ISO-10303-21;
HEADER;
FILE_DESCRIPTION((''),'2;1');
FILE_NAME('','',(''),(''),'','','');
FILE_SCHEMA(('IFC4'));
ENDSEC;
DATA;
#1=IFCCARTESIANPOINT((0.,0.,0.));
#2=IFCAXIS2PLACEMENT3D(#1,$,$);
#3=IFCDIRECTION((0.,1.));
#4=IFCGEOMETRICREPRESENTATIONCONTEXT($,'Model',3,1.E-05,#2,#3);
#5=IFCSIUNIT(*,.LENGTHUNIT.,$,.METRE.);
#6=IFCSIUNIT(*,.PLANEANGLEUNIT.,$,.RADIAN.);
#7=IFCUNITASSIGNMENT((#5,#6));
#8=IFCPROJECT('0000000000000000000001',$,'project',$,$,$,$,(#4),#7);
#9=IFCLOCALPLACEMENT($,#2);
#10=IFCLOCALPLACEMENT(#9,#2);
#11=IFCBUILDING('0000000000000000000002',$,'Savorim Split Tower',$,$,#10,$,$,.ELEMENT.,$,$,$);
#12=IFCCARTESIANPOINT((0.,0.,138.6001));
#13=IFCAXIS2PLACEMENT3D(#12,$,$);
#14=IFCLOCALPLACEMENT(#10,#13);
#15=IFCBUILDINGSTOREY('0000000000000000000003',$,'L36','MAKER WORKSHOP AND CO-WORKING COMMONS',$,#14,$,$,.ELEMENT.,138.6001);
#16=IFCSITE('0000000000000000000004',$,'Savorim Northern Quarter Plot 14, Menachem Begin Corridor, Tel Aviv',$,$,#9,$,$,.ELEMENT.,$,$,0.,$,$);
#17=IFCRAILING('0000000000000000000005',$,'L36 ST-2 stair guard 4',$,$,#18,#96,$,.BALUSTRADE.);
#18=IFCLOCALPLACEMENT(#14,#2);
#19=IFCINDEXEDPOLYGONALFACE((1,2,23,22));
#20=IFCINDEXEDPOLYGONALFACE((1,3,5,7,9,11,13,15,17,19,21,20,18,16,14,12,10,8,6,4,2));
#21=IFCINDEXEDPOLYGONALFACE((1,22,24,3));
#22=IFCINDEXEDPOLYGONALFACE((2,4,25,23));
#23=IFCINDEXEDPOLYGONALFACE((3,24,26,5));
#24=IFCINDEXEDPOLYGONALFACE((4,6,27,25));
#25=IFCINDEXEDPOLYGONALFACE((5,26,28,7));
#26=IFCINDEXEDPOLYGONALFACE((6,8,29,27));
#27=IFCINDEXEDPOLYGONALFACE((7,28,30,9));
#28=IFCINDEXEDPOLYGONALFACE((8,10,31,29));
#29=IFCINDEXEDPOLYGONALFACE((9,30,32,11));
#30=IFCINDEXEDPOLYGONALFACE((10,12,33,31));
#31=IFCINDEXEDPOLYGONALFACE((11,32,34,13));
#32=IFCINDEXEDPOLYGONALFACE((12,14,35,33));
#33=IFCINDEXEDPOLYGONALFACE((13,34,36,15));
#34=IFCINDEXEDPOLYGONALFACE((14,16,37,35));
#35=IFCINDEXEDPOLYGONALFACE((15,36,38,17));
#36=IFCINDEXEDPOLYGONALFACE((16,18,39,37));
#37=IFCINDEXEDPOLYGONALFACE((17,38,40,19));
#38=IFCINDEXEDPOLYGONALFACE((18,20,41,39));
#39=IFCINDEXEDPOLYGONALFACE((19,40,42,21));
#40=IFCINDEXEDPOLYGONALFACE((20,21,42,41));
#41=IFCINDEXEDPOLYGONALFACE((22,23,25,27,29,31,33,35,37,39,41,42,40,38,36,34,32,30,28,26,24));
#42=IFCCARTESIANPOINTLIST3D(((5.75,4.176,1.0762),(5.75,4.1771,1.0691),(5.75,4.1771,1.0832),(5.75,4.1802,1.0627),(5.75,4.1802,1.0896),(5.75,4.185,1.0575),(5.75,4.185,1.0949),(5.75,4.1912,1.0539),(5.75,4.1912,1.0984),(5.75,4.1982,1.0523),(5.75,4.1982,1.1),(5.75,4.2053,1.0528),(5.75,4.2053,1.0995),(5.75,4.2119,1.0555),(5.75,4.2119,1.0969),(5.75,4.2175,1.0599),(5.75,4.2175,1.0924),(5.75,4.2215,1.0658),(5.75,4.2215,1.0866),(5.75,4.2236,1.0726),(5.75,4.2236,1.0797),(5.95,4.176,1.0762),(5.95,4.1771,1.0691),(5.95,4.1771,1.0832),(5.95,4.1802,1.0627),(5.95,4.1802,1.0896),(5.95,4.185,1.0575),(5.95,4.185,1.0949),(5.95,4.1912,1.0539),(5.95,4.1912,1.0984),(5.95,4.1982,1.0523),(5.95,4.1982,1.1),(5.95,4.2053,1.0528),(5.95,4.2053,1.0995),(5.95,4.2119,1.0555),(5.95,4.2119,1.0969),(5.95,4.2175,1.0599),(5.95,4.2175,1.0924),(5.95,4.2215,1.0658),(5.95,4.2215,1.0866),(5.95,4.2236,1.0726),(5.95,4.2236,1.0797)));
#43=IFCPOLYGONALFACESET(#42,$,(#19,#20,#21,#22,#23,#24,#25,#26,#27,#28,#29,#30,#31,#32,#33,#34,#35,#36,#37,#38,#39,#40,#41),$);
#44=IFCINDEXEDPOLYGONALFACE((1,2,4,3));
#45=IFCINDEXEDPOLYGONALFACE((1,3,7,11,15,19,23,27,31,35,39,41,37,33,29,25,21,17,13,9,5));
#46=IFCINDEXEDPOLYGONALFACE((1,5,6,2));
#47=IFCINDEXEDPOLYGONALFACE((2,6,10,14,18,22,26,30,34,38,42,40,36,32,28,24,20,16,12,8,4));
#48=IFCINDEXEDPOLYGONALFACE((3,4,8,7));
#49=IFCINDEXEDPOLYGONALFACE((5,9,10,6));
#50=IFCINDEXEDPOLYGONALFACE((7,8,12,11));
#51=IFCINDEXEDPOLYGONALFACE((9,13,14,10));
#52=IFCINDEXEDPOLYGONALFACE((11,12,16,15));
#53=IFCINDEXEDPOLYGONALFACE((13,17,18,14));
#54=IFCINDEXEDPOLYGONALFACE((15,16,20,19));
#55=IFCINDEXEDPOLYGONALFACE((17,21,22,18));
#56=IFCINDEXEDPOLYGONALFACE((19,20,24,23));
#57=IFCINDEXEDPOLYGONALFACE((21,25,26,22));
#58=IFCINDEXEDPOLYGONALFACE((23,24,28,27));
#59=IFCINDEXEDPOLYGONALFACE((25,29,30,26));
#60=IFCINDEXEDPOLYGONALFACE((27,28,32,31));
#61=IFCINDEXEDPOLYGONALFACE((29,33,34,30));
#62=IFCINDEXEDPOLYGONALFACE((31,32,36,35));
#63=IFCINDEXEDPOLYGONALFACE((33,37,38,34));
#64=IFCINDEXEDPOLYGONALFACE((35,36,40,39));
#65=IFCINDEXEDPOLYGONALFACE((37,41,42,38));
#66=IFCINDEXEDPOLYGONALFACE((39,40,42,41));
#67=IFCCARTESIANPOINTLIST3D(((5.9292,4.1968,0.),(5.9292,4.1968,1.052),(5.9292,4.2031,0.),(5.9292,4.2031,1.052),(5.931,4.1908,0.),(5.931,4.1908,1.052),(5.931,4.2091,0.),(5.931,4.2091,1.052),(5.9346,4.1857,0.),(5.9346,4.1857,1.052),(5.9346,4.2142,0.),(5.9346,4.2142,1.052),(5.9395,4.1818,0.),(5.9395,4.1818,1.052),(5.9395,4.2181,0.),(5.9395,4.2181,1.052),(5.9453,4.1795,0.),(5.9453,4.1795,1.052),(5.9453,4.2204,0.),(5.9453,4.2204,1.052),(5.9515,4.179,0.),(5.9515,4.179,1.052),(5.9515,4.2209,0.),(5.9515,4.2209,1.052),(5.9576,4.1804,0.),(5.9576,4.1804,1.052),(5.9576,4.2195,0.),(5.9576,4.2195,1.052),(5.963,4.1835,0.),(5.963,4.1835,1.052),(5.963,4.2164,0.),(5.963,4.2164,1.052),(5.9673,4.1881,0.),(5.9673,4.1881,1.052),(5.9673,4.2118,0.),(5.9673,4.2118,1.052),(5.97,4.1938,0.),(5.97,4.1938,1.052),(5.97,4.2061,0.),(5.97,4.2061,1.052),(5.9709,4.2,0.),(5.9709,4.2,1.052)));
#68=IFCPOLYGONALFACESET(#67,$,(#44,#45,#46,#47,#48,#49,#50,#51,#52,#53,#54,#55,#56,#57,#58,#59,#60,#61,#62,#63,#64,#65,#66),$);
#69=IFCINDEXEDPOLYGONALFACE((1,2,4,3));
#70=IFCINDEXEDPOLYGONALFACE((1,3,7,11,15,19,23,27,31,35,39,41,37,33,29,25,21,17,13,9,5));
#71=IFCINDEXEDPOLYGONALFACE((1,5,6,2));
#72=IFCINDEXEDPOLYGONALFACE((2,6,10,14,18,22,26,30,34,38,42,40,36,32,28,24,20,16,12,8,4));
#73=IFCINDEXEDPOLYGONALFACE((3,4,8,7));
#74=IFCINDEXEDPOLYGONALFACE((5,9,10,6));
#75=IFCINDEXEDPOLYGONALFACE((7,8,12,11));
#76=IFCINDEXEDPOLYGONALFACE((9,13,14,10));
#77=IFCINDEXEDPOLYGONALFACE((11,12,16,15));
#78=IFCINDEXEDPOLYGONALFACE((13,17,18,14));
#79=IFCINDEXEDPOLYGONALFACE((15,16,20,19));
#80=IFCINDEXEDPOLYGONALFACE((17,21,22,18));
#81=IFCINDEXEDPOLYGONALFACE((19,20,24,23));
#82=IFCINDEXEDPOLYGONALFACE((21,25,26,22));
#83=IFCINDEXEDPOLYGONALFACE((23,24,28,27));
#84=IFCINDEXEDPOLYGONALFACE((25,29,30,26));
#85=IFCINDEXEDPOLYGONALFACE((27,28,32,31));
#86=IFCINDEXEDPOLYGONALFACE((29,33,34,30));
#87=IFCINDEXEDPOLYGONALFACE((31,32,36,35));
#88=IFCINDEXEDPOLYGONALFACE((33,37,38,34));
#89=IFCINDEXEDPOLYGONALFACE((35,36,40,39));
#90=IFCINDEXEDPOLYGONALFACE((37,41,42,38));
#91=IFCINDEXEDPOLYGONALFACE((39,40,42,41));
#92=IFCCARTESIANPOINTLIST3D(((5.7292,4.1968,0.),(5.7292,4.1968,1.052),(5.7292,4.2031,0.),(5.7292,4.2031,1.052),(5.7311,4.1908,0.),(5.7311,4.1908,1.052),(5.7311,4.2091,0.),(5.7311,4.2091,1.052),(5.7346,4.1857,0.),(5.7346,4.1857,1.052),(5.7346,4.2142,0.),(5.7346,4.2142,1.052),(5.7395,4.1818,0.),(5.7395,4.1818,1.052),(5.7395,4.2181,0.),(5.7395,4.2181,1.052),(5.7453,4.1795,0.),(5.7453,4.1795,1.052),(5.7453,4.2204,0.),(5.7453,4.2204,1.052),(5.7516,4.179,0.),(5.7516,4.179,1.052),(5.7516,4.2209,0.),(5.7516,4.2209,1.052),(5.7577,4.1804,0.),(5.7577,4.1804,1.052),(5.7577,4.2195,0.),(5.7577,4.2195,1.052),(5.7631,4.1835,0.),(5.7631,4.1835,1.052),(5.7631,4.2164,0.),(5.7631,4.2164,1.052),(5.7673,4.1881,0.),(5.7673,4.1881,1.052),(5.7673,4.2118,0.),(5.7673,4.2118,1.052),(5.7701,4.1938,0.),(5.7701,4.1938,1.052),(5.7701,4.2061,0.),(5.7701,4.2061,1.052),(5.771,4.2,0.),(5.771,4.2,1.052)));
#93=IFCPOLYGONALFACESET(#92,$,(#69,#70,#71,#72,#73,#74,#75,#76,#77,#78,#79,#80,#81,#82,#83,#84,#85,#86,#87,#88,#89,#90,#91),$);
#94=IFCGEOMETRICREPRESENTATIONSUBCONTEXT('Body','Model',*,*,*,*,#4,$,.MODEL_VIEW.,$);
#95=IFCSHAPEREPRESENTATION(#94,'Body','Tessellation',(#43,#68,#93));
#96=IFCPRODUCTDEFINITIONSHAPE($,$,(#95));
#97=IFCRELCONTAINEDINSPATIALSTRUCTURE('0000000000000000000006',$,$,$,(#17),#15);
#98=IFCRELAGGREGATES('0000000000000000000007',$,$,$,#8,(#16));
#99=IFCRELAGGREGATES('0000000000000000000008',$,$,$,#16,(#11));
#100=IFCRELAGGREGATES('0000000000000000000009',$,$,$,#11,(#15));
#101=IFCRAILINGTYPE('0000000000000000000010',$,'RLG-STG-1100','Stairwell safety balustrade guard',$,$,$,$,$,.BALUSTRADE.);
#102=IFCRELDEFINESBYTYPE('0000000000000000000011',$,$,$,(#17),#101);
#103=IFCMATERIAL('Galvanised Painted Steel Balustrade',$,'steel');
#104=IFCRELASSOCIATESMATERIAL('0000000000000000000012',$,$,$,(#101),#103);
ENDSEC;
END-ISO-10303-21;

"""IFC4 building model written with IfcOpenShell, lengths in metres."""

from ifc_helpers import new_model, si_unit, direction, frame, origin, origin_2d, place, context, subcontext, project, spatial, circle, extrude, material, type_object, element, save


model = new_model("IFC4")

# Units and contexts
model_context = context("Model", 3, precision=1e-05, world=origin(), true_north=direction((0.0, 1.0)))
body_context = subcontext(model_context, "Body", "Model", "MODEL_VIEW")
ifc_project = project(units=[si_unit("LENGTHUNIT", "METRE"), si_unit("PLANEANGLEUNIT", "RADIAN")], contexts=[model_context])

# Site, building, storey
site_placement = place(None, origin())
site = spatial("IfcSite", under=ifc_project, at=site_placement, Name="Savorim Northern Quarter Plot 14, Menachem Begin Corridor, Tel Aviv", CompositionType="ELEMENT", RefElevation=0.0)
building_placement = place(site_placement, origin())
building = spatial("IfcBuilding", under=site, at=building_placement, Name="Savorim Split Tower", CompositionType="ELEMENT")
storey_placement = place(building_placement, frame((0.0, 0.0, 138.6001)))
storey = spatial("IfcBuildingStorey", under=building, at=storey_placement, Name="L36", Description="MAKER WORKSHOP AND CO-WORKING COMMONS", CompositionType="ELEMENT", Elevation=138.6001)

# Railing
ifc_material_1 = material(Name="Galvanised Painted Steel Balustrade", Category="steel")
railing_type_1 = type_object("IfcRailingType", Name="RLG-STG-1100", Description="Stairwell safety balustrade guard", PredefinedType="BALUSTRADE", material=ifc_material_1)
railing_1_placement = place(storey_placement, frame((5.95, 4.2, 0.0)))
element("IfcRailing", 1, at=railing_1_placement, inside=storey, type_object=railing_type_1, Name="L36 ST-2 stair guard 4", PredefinedType="BALUSTRADE", context=body_context, shape_type="SweptSolid", body=[
    extrude(circle(Radius=0.0239, at=origin_2d()), frame((0.0, 0.0, 1.0762), z_axis=(-1.0, 0.0, 0.0), x_axis=(0.0, -1.0, 0.0)), (0.0, 0.0, 1.0), 0.2),
    extrude(circle(Radius=0.021, at=origin_2d()), origin(), (0.0, 0.0, 1.0), 1.052),
    extrude(circle(Radius=0.021, at=origin_2d()), frame((-0.2, 0.0, 0.0)), (0.0, 0.0, 1.0), 1.052),
])

save(model, "model.ifc")
